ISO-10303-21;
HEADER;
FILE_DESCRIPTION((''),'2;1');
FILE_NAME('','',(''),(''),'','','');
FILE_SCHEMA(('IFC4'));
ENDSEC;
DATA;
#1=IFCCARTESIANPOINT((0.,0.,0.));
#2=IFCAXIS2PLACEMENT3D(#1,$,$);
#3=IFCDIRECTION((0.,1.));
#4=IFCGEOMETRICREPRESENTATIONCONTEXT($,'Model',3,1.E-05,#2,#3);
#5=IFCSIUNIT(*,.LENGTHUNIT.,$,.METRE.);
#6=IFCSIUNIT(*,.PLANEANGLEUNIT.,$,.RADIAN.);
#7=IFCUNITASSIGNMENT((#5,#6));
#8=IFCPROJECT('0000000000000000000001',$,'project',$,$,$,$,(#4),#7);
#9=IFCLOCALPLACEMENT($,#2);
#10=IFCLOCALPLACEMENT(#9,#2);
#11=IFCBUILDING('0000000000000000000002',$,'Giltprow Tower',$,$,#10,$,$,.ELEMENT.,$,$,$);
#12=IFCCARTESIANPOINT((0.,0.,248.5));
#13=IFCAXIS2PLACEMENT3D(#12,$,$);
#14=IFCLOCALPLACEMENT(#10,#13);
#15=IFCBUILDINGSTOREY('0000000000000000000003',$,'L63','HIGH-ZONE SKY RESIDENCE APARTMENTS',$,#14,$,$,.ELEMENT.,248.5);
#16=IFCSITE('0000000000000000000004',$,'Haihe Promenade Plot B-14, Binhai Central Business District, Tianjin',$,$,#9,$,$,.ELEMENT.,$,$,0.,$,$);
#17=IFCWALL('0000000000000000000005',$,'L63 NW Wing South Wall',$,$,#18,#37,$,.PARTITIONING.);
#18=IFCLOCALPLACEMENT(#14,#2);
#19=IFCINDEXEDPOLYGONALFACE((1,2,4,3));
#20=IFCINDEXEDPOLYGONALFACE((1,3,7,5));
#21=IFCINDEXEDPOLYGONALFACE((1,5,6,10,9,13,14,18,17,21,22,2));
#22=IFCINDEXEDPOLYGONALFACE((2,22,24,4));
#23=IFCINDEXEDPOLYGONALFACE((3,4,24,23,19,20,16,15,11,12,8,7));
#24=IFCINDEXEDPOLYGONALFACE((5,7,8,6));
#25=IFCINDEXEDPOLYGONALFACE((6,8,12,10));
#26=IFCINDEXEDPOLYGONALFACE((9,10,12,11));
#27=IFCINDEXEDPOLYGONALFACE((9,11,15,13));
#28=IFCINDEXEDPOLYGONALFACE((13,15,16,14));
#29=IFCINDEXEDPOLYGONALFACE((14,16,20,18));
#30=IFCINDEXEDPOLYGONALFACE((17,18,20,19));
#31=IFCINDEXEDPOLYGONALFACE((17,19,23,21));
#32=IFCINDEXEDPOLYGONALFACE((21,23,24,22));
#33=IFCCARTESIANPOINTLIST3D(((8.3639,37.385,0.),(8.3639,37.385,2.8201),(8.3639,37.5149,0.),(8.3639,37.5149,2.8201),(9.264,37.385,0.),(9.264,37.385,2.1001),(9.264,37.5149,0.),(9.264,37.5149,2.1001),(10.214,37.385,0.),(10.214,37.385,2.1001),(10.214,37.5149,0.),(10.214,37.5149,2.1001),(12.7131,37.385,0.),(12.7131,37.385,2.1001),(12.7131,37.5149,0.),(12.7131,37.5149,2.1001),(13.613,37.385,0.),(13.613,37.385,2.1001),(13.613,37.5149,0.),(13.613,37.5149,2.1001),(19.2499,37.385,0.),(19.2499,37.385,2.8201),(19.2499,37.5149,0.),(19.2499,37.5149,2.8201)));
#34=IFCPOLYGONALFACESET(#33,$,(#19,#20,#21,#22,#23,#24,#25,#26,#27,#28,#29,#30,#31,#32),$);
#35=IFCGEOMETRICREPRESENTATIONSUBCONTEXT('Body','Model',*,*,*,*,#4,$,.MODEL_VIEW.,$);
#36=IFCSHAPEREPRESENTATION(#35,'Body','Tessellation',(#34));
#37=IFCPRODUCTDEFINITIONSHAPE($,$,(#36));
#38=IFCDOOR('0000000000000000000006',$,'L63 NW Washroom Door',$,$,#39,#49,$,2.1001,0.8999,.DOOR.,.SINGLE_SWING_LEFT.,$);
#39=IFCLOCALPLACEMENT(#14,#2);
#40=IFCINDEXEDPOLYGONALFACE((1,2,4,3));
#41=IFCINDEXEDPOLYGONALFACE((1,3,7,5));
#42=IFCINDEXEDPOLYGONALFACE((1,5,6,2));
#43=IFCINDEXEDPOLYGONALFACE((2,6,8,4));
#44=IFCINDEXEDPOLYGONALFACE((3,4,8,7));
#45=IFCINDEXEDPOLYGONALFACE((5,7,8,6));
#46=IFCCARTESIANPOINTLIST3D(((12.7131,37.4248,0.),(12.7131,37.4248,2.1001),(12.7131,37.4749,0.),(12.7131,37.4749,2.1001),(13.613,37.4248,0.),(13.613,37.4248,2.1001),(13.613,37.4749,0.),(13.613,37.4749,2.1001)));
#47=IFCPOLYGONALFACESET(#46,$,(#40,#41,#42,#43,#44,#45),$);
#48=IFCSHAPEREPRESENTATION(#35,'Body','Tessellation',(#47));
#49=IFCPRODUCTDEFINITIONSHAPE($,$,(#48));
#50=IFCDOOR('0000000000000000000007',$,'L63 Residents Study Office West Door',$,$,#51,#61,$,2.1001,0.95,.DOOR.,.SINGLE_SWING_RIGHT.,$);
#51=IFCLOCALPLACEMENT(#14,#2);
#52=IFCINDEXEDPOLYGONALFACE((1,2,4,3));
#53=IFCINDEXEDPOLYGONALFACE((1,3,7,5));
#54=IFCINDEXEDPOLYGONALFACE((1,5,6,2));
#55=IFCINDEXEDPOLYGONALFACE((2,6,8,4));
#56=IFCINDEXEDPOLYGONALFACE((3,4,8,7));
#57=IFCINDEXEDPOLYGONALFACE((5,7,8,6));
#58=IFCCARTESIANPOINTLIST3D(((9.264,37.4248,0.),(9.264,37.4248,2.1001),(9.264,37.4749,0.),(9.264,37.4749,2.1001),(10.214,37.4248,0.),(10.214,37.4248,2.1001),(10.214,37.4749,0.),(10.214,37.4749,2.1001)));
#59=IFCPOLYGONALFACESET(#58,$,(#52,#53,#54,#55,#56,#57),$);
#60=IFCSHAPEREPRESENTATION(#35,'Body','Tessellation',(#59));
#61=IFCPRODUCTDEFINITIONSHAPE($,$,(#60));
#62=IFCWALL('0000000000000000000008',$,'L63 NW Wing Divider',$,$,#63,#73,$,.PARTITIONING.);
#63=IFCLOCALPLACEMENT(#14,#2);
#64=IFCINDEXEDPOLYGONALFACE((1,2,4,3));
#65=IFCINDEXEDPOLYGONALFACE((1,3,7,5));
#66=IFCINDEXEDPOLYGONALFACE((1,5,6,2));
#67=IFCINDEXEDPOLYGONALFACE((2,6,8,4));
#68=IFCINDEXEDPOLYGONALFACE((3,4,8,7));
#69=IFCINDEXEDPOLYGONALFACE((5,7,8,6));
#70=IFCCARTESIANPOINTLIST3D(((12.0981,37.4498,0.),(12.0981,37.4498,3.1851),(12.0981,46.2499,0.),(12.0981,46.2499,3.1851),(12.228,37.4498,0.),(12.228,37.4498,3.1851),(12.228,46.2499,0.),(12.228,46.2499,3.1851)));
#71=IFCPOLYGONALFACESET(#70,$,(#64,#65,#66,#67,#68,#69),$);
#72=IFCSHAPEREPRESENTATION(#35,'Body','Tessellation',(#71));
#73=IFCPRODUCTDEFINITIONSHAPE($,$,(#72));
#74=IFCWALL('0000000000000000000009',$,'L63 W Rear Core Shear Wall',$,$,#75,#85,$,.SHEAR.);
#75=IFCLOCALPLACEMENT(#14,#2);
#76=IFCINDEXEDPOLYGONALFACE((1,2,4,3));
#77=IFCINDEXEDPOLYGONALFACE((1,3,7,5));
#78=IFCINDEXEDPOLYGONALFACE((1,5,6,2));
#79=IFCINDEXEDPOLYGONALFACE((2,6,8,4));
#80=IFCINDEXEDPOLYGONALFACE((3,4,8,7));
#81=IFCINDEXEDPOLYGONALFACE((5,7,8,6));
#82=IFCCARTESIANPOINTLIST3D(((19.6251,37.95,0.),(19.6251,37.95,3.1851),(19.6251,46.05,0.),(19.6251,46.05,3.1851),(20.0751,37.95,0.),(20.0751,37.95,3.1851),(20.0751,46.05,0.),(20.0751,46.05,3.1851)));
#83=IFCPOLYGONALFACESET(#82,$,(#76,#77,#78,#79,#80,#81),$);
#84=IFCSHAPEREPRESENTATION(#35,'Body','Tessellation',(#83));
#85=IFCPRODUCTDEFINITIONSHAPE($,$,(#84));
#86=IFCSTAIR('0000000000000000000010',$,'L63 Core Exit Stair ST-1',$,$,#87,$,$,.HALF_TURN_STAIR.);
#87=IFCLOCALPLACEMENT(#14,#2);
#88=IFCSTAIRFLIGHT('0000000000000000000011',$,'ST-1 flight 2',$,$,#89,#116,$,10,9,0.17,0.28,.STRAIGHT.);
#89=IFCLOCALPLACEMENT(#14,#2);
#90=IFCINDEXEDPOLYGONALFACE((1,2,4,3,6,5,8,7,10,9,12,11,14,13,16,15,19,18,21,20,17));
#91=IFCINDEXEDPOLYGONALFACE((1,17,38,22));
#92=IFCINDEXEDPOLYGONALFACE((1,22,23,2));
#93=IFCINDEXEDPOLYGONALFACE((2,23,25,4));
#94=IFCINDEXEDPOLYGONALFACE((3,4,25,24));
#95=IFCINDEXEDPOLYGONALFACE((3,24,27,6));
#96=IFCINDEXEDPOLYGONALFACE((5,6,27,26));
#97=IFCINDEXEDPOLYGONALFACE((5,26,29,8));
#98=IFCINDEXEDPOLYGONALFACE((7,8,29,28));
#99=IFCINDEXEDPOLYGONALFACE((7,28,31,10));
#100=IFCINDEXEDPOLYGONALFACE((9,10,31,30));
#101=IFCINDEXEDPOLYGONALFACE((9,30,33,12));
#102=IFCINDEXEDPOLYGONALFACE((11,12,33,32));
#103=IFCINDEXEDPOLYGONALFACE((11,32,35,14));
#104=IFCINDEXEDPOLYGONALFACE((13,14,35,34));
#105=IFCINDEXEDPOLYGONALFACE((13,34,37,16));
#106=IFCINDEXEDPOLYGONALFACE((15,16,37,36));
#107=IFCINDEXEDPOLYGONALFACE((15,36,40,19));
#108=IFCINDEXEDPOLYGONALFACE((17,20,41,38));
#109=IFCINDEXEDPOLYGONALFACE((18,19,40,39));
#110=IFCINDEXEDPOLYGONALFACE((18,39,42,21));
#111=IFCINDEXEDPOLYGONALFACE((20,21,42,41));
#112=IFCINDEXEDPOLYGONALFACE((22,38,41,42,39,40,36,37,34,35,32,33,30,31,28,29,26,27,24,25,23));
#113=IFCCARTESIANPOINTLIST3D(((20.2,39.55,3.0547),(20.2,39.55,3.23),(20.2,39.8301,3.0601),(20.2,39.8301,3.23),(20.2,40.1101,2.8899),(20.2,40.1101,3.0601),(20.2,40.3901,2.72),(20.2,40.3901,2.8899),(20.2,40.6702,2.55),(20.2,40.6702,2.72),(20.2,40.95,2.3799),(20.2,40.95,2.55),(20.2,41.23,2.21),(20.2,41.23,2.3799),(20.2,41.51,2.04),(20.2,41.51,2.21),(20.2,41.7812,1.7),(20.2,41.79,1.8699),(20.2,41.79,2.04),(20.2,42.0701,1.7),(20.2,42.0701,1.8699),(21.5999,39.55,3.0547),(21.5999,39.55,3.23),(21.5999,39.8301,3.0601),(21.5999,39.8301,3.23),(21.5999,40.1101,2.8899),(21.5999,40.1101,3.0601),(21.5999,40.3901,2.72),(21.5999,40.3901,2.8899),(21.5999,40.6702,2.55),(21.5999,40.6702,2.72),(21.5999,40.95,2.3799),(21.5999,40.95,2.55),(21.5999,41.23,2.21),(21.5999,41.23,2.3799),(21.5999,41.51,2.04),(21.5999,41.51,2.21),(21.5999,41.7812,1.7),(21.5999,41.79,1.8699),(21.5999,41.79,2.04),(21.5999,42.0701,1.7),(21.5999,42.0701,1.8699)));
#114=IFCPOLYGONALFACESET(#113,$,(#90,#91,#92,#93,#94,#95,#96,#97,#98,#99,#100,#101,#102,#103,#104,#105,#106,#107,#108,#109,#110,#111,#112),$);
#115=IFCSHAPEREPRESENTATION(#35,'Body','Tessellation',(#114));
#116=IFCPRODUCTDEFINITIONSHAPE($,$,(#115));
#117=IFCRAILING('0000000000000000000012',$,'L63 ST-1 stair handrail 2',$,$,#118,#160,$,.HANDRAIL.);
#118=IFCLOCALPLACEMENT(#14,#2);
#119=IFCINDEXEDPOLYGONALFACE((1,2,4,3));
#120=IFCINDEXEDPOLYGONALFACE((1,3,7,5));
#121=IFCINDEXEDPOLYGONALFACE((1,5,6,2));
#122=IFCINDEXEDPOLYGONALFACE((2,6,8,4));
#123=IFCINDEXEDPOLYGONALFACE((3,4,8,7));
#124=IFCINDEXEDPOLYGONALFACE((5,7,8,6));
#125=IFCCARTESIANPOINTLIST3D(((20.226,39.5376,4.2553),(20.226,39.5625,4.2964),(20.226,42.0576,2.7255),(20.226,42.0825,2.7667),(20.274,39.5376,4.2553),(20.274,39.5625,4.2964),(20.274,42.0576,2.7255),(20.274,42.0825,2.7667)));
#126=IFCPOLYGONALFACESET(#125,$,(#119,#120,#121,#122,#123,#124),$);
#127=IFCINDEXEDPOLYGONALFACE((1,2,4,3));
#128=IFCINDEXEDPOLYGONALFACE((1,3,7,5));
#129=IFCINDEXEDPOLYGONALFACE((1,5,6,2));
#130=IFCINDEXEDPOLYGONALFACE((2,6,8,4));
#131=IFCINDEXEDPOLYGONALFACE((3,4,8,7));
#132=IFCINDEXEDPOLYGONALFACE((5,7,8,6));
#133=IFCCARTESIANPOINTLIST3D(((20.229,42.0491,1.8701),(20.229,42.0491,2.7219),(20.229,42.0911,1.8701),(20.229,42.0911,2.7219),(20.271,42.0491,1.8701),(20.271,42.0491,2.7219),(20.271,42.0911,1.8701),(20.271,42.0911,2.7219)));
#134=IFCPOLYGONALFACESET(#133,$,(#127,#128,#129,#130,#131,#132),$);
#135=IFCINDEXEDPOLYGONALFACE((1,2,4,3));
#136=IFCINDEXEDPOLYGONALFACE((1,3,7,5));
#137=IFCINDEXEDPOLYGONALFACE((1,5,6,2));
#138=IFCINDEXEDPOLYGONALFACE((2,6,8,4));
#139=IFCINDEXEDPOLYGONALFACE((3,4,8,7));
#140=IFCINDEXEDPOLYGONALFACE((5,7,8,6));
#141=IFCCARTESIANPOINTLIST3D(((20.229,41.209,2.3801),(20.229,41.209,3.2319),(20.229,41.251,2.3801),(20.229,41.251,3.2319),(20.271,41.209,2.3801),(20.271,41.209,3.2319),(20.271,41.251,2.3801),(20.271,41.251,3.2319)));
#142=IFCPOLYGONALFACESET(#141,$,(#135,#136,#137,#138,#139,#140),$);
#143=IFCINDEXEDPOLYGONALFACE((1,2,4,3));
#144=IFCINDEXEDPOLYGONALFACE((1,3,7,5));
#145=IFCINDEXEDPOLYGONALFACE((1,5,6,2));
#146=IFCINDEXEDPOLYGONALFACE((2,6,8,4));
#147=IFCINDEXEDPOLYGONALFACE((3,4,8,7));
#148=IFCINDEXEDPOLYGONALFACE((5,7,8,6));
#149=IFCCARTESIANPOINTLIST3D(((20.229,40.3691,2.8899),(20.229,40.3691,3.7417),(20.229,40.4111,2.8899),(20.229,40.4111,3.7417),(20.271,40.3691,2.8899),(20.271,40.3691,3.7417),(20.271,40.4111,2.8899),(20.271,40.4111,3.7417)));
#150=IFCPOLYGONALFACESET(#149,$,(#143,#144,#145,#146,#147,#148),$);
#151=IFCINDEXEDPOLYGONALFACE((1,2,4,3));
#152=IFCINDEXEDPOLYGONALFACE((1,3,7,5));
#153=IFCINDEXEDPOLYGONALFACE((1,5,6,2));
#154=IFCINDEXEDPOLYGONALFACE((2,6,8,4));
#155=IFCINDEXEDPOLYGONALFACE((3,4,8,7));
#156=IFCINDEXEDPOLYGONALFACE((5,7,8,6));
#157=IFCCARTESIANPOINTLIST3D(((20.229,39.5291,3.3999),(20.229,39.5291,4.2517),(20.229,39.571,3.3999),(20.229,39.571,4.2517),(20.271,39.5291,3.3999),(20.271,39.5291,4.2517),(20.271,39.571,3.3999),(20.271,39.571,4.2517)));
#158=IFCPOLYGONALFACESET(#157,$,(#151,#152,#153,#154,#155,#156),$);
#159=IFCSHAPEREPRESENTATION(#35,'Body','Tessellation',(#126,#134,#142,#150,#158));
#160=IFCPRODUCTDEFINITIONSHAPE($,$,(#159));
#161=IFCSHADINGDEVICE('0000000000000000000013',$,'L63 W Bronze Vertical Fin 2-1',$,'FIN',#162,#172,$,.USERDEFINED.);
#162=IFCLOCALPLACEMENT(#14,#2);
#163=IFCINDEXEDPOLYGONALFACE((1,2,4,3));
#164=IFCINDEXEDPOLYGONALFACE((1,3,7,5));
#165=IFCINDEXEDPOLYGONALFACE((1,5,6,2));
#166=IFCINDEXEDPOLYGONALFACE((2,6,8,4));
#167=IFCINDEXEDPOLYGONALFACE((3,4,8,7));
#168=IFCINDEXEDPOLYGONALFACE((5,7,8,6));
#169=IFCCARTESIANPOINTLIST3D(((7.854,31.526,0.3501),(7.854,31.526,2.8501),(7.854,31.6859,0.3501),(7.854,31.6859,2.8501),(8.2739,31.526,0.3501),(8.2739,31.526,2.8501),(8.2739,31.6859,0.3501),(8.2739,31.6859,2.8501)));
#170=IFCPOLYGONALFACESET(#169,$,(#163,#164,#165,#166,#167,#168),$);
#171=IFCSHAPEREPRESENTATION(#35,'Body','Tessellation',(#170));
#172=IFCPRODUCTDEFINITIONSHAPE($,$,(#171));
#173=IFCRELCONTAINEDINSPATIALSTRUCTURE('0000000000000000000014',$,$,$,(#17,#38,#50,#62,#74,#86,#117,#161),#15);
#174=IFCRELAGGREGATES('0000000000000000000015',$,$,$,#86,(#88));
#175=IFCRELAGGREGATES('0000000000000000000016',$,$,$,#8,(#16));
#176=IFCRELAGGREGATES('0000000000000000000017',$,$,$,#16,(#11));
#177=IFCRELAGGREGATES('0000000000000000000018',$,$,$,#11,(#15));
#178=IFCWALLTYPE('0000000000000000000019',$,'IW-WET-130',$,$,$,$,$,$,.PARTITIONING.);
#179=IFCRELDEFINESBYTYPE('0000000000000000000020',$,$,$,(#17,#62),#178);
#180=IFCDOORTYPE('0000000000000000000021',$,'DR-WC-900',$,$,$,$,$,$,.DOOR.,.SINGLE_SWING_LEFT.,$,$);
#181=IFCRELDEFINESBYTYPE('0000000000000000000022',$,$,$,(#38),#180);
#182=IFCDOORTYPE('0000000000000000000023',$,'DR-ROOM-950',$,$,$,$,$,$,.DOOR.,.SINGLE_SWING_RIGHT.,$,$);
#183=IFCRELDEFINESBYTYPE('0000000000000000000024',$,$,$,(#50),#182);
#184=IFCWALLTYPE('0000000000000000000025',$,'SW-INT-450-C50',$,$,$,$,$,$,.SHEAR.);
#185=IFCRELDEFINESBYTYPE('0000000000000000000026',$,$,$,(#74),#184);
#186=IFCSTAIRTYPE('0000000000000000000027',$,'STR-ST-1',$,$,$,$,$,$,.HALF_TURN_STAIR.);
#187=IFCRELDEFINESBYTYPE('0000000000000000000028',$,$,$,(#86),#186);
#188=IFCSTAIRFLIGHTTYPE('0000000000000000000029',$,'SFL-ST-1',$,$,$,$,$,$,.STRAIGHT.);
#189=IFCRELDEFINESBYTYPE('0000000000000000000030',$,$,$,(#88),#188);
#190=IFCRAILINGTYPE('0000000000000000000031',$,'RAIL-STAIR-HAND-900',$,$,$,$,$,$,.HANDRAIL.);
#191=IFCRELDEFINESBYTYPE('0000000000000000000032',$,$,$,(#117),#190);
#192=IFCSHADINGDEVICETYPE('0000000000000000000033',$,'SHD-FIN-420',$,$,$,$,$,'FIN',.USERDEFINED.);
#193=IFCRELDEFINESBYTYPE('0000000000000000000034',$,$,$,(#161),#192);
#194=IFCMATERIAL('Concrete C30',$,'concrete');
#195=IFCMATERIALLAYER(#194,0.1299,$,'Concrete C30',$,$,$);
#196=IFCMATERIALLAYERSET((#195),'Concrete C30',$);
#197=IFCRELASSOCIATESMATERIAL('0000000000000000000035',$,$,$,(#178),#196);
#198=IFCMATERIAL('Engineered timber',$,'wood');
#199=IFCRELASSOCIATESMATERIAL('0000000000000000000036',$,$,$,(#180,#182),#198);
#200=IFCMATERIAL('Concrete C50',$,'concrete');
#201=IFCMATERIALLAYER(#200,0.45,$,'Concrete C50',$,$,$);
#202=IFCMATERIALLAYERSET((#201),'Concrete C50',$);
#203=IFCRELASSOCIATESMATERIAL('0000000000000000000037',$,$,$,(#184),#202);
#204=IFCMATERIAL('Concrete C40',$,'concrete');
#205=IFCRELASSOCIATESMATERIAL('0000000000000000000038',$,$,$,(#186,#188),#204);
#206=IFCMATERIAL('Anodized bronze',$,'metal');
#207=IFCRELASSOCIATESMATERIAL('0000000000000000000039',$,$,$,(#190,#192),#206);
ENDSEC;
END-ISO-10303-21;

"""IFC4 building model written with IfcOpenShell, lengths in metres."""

from ifc_helpers import new_model, si_unit, direction, frame, frame_2d, origin, origin_2d, place, context, subcontext, project, spatial, polyline, rectangle, outline, extrude, source, transform, mapped, material, layer, layer_set, type_object, element, fill, aggregate, save


model = new_model("IFC4")

# Units and contexts
model_context = context("Model", 3, precision=1e-05, world=origin(), true_north=direction((0.0, 1.0)))
body_context = subcontext(model_context, "Body", "Model", "MODEL_VIEW")
ifc_project = project(units=[si_unit("LENGTHUNIT", "METRE"), si_unit("PLANEANGLEUNIT", "RADIAN")], contexts=[model_context])

# Site, building, storey
site_placement = place(None, origin())
site = spatial("IfcSite", under=ifc_project, at=site_placement, Name="Haihe Promenade Plot B-14, Binhai Central Business District, Tianjin", CompositionType="ELEMENT", RefElevation=0.0)
building_placement = place(site_placement, origin())
building = spatial("IfcBuilding", under=site, at=building_placement, Name="Giltprow Tower", CompositionType="ELEMENT")
storey_placement = place(building_placement, frame((0.0, 0.0, 248.5)))
storey = spatial("IfcBuildingStorey", under=building, at=storey_placement, Name="L63", Description="HIGH-ZONE SKY RESIDENCE APARTMENTS", CompositionType="ELEMENT", Elevation=248.5)

# Shared definitions
ifc_material_1 = material(Name="Concrete C50", Category="concrete")

# Shared definitions
ifc_material_2 = material(Name="Engineered timber", Category="wood")

# Shared definitions
ifc_material_3 = material(Name="Concrete C40", Category="concrete")

# Wall, openings, doors
ifc_material_4 = material(Name="Concrete C30", Category="concrete")
ifc_layer_1 = layer(ifc_material_4, 0.1299, Name="Concrete C30")
ifc_layer_set_1 = layer_set([ifc_layer_1], Name="Concrete C30")
wall_type_1 = type_object("IfcWallType", Name="IW-WET-130", PredefinedType="PARTITIONING", material=ifc_layer_set_1)
wall_1_placement = place(storey_placement, frame((8.364, 37.45, 0.0), z_axis=(0.0, 0.0, 1.0), x_axis=(1.0, 0.0, 0.0)))
wall_1 = element("IfcWall", 1, at=wall_1_placement, inside=storey, type_object=wall_type_1, Name="L63 NW Wing South Wall", PredefinedType="PARTITIONING", context=body_context, shape_type="SweptSolid", body=[
    extrude(rectangle(XDim=10.886, YDim=0.1299, at=frame_2d((5.4429, 0.0))), origin(), (0.0, 0.0, 1.0), 2.8201),
])
opening_1_placement = place(wall_1_placement, frame((0.8999, 0.0, 0.0)))
opening_1 = element("IfcOpeningElement", 2, at=opening_1_placement, cuts=wall_1, PredefinedType="OPENING", context=body_context, shape_type="SweptSolid", body=[
    extrude(rectangle(XDim=0.95, YDim=2.1001, at=frame_2d((0.4751, 1.05))), frame((0.0, 0.075, 0.0), z_axis=(0.0, -1.0, 0.0), x_axis=(1.0, 0.0, 0.0)), (0.0, 0.0, 1.0), 0.1499),
])
opening_2_placement = place(wall_1_placement, frame((4.3491, 0.0, 0.0)))
opening_2 = element("IfcOpeningElement", 3, at=opening_2_placement, cuts=wall_1, PredefinedType="OPENING", context=body_context, shape_type="SweptSolid", body=[
    extrude(rectangle(XDim=0.8999, YDim=2.1001, at=frame_2d((0.45, 1.05))), frame((0.0, 0.075, 0.0), z_axis=(0.0, -1.0, 0.0), x_axis=(1.0, 0.0, 0.0)), (0.0, 0.0, 1.0), 0.1499),
])
door_type_1 = type_object("IfcDoorType", Name="DR-WC-900", OperationType="SINGLE_SWING_LEFT", PredefinedType="DOOR", material=ifc_material_2)
shared_shape_1 = source(origin(), body_context, "Body", "SweptSolid", [
    extrude(rectangle(XDim=0.8999, YDim=2.1001, at=frame_2d((0.45, 1.05))), frame((0.0, 0.0249, 0.0), z_axis=(0.0, -1.0, 0.0), x_axis=(1.0, 0.0, 0.0)), (0.0, 0.0, 1.0), 0.05),
])
door_1_placement = place(opening_2_placement, origin())
door_1 = element("IfcDoor", 4, at=door_1_placement, inside=storey, type_object=door_type_1, Name="L63 NW Washroom Door", OperationType="SINGLE_SWING_LEFT", OverallHeight=2.1001, OverallWidth=0.8999, PredefinedType="DOOR", context=body_context, shape_type="MappedRepresentation", body=[
    mapped(shared_shape_1, transform((0.0, 0.0, 0.0), x_axis=(1.0, 0.0, 0.0), y_axis=(0.0, 1.0, 0.0), z_axis=(0.0, 0.0, 1.0), scale=1.0)),
])
fill(opening_2, door_1)
door_type_2 = type_object("IfcDoorType", Name="DR-ROOM-950", OperationType="SINGLE_SWING_RIGHT", PredefinedType="DOOR", material=ifc_material_2)
shared_shape_2 = source(origin(), body_context, "Body", "SweptSolid", [
    extrude(rectangle(XDim=0.95, YDim=2.1001, at=frame_2d((0.4751, 1.05))), frame((0.0, 0.0249, 0.0), z_axis=(0.0, -1.0, 0.0), x_axis=(1.0, 0.0, 0.0)), (0.0, 0.0, 1.0), 0.05),
])
door_2_placement = place(opening_1_placement, origin())
door_2 = element("IfcDoor", 5, at=door_2_placement, inside=storey, type_object=door_type_2, Name="L63 Residents Study Office West Door", OperationType="SINGLE_SWING_RIGHT", OverallHeight=2.1001, OverallWidth=0.95, PredefinedType="DOOR", context=body_context, shape_type="MappedRepresentation", body=[
    mapped(shared_shape_2, transform((0.0, 0.0, 0.0), x_axis=(1.0, 0.0, 0.0), y_axis=(0.0, 1.0, 0.0), z_axis=(0.0, 0.0, 1.0), scale=1.0)),
])
fill(opening_1, door_2)

# Wall
wall_2_placement = place(storey_placement, frame((12.1631, 37.45, 0.0), z_axis=(0.0, 0.0, 1.0), x_axis=(0.0, 1.0, 0.0)))
element("IfcWall", 6, at=wall_2_placement, inside=storey, type_object=wall_type_1, Name="L63 NW Wing Divider", PredefinedType="PARTITIONING", context=body_context, shape_type="SweptSolid", body=[
    extrude(rectangle(XDim=8.8, YDim=0.1299, at=frame_2d((4.3999, 0.0))), origin(), (0.0, 0.0, 1.0), 3.1851),
])

# Shared definitions
ifc_layer_2 = layer(ifc_material_1, 0.45, Name="Concrete C50")
ifc_layer_set_2 = layer_set([ifc_layer_2], Name="Concrete C50")
wall_type_2 = type_object("IfcWallType", Name="SW-INT-450-C50", PredefinedType="SHEAR", material=ifc_layer_set_2)

# Wall
wall_3_placement = place(storey_placement, frame((19.8501, 37.95, 0.0), z_axis=(0.0, 0.0, 1.0), x_axis=(0.0, 1.0, 0.0)))
element("IfcWall", 7, at=wall_3_placement, inside=storey, type_object=wall_type_2, Name="L63 W Rear Core Shear Wall", PredefinedType="SHEAR", context=body_context, shape_type="SweptSolid", body=[
    extrude(rectangle(XDim=8.1001, YDim=0.45, at=frame_2d((4.05, 0.0))), origin(), (0.0, 0.0, 1.0), 3.1851),
])

# Stair, stair flight
stair_type = type_object("IfcStairType", Name="STR-ST-1", PredefinedType="HALF_TURN_STAIR", material=ifc_material_3)
stair_placement = place(storey_placement, origin())
stair = element("IfcStair", 8, at=stair_placement, inside=storey, type_object=stair_type, Name="L63 Core Exit Stair ST-1", PredefinedType="HALF_TURN_STAIR")
stair_flight_type = type_object("IfcStairFlightType", Name="SFL-ST-1", PredefinedType="STRAIGHT", material=ifc_material_3)
stair_flight_placement = place(storey_placement, frame((20.8999, 42.0701, 1.7), z_axis=(0.0, 0.0, 1.0), x_axis=(0.0, -1.0, 0.0)))
stair_flight = element("IfcStairFlight", 9, at=stair_flight_placement, type_object=stair_flight_type, Name="ST-1 flight 2", NumberOfRisers=10, NumberOfTreads=9, PredefinedType="STRAIGHT", RiserHeight=0.17, TreadLength=0.28, context=body_context, shape_type="SweptSolid", body=[
    extrude(outline(polyline([(0.0, 0.0), (0.0, 0.1699), (0.28, 0.1699), (0.28, 0.3401), (0.5601, 0.3401), (0.5601, 0.51), (0.8401, 0.51), (0.8401, 0.6799), (1.1201, 0.6799), (1.1201, 0.8501), (1.3999, 0.8501), (1.3999, 1.02), (1.6799, 1.02), (1.6799, 1.1899), (1.96, 1.1899), (1.96, 1.3601), (2.24, 1.3601), (2.24, 1.53), (2.52, 1.53), (2.52, 1.7), (2.52, 1.3547), (0.2888, 0.0), (0.0, 0.0)])), frame((0.0, 0.7, 0.0), z_axis=(0.0, -1.0, 0.0), x_axis=(1.0, 0.0, 0.0)), (0.0, 0.0, 1.0), 1.3999),
])
aggregate(stair, [stair_flight])

# Railing
ifc_material_5 = material(Name="Anodized bronze", Category="metal")
railing_type = type_object("IfcRailingType", Name="RAIL-STAIR-HAND-900", PredefinedType="HANDRAIL", material=ifc_material_5)
railing_placement = place(storey_placement, frame((20.25, 42.0701, 1.8701)))
element("IfcRailing", 10, at=railing_placement, inside=storey, type_object=railing_type, Name="L63 ST-1 stair handrail 2", PredefinedType="HANDRAIL", context=body_context, shape_type="SweptSolid", body=[
    extrude(rectangle(XDim=0.0481, YDim=0.0481, at=origin_2d()), frame((0.0, 0.0, 0.876), z_axis=(0.0, -0.854822, 0.518922), x_axis=(1.0, 0.0, 0.0)), (0.0, 0.0, 1.0), 2.948),
    extrude(rectangle(XDim=0.042, YDim=0.042, at=origin_2d()), origin(), (0.0, 0.0, 1.0), 0.8518),
    extrude(rectangle(XDim=0.042, YDim=0.042, at=origin_2d()), frame((0.0, -0.8401, 0.51)), (0.0, 0.0, 1.0), 0.8518),
    extrude(rectangle(XDim=0.042, YDim=0.042, at=origin_2d()), frame((0.0, -1.6799, 1.0198)), (0.0, 0.0, 1.0), 0.8518),
    extrude(rectangle(XDim=0.042, YDim=0.042, at=origin_2d()), frame((0.0, -2.52, 1.5298)), (0.0, 0.0, 1.0), 0.8518),
])

# Shading device
shading_device_type = type_object("IfcShadingDeviceType", Name="SHD-FIN-420", ElementType="FIN", PredefinedType="USERDEFINED", material=ifc_material_5)
shared_shape_3 = source(origin(), body_context, "Body", "SweptSolid", [
    extrude(rectangle(XDim=0.4199, YDim=0.1599, at=origin_2d()), origin(), (0.0, 0.0, 1.0), 2.5),
])
shading_device_placement = place(storey_placement, frame((8.064, 31.606, 0.3501), z_axis=(0.0, 0.0, 1.0), x_axis=(1.0, 0.0, 0.0)))
element("IfcShadingDevice", 11, at=shading_device_placement, inside=storey, type_object=shading_device_type, Name="L63 W Bronze Vertical Fin 2-1", ObjectType="FIN", PredefinedType="USERDEFINED", context=body_context, shape_type="MappedRepresentation", body=[
    mapped(shared_shape_3, transform((0.0, 0.0, 0.0), x_axis=(1.0, 0.0, 0.0), y_axis=(0.0, 1.0, 0.0), z_axis=(0.0, 0.0, 1.0), scale=1.0)),
])

save(model, "model.ifc")
